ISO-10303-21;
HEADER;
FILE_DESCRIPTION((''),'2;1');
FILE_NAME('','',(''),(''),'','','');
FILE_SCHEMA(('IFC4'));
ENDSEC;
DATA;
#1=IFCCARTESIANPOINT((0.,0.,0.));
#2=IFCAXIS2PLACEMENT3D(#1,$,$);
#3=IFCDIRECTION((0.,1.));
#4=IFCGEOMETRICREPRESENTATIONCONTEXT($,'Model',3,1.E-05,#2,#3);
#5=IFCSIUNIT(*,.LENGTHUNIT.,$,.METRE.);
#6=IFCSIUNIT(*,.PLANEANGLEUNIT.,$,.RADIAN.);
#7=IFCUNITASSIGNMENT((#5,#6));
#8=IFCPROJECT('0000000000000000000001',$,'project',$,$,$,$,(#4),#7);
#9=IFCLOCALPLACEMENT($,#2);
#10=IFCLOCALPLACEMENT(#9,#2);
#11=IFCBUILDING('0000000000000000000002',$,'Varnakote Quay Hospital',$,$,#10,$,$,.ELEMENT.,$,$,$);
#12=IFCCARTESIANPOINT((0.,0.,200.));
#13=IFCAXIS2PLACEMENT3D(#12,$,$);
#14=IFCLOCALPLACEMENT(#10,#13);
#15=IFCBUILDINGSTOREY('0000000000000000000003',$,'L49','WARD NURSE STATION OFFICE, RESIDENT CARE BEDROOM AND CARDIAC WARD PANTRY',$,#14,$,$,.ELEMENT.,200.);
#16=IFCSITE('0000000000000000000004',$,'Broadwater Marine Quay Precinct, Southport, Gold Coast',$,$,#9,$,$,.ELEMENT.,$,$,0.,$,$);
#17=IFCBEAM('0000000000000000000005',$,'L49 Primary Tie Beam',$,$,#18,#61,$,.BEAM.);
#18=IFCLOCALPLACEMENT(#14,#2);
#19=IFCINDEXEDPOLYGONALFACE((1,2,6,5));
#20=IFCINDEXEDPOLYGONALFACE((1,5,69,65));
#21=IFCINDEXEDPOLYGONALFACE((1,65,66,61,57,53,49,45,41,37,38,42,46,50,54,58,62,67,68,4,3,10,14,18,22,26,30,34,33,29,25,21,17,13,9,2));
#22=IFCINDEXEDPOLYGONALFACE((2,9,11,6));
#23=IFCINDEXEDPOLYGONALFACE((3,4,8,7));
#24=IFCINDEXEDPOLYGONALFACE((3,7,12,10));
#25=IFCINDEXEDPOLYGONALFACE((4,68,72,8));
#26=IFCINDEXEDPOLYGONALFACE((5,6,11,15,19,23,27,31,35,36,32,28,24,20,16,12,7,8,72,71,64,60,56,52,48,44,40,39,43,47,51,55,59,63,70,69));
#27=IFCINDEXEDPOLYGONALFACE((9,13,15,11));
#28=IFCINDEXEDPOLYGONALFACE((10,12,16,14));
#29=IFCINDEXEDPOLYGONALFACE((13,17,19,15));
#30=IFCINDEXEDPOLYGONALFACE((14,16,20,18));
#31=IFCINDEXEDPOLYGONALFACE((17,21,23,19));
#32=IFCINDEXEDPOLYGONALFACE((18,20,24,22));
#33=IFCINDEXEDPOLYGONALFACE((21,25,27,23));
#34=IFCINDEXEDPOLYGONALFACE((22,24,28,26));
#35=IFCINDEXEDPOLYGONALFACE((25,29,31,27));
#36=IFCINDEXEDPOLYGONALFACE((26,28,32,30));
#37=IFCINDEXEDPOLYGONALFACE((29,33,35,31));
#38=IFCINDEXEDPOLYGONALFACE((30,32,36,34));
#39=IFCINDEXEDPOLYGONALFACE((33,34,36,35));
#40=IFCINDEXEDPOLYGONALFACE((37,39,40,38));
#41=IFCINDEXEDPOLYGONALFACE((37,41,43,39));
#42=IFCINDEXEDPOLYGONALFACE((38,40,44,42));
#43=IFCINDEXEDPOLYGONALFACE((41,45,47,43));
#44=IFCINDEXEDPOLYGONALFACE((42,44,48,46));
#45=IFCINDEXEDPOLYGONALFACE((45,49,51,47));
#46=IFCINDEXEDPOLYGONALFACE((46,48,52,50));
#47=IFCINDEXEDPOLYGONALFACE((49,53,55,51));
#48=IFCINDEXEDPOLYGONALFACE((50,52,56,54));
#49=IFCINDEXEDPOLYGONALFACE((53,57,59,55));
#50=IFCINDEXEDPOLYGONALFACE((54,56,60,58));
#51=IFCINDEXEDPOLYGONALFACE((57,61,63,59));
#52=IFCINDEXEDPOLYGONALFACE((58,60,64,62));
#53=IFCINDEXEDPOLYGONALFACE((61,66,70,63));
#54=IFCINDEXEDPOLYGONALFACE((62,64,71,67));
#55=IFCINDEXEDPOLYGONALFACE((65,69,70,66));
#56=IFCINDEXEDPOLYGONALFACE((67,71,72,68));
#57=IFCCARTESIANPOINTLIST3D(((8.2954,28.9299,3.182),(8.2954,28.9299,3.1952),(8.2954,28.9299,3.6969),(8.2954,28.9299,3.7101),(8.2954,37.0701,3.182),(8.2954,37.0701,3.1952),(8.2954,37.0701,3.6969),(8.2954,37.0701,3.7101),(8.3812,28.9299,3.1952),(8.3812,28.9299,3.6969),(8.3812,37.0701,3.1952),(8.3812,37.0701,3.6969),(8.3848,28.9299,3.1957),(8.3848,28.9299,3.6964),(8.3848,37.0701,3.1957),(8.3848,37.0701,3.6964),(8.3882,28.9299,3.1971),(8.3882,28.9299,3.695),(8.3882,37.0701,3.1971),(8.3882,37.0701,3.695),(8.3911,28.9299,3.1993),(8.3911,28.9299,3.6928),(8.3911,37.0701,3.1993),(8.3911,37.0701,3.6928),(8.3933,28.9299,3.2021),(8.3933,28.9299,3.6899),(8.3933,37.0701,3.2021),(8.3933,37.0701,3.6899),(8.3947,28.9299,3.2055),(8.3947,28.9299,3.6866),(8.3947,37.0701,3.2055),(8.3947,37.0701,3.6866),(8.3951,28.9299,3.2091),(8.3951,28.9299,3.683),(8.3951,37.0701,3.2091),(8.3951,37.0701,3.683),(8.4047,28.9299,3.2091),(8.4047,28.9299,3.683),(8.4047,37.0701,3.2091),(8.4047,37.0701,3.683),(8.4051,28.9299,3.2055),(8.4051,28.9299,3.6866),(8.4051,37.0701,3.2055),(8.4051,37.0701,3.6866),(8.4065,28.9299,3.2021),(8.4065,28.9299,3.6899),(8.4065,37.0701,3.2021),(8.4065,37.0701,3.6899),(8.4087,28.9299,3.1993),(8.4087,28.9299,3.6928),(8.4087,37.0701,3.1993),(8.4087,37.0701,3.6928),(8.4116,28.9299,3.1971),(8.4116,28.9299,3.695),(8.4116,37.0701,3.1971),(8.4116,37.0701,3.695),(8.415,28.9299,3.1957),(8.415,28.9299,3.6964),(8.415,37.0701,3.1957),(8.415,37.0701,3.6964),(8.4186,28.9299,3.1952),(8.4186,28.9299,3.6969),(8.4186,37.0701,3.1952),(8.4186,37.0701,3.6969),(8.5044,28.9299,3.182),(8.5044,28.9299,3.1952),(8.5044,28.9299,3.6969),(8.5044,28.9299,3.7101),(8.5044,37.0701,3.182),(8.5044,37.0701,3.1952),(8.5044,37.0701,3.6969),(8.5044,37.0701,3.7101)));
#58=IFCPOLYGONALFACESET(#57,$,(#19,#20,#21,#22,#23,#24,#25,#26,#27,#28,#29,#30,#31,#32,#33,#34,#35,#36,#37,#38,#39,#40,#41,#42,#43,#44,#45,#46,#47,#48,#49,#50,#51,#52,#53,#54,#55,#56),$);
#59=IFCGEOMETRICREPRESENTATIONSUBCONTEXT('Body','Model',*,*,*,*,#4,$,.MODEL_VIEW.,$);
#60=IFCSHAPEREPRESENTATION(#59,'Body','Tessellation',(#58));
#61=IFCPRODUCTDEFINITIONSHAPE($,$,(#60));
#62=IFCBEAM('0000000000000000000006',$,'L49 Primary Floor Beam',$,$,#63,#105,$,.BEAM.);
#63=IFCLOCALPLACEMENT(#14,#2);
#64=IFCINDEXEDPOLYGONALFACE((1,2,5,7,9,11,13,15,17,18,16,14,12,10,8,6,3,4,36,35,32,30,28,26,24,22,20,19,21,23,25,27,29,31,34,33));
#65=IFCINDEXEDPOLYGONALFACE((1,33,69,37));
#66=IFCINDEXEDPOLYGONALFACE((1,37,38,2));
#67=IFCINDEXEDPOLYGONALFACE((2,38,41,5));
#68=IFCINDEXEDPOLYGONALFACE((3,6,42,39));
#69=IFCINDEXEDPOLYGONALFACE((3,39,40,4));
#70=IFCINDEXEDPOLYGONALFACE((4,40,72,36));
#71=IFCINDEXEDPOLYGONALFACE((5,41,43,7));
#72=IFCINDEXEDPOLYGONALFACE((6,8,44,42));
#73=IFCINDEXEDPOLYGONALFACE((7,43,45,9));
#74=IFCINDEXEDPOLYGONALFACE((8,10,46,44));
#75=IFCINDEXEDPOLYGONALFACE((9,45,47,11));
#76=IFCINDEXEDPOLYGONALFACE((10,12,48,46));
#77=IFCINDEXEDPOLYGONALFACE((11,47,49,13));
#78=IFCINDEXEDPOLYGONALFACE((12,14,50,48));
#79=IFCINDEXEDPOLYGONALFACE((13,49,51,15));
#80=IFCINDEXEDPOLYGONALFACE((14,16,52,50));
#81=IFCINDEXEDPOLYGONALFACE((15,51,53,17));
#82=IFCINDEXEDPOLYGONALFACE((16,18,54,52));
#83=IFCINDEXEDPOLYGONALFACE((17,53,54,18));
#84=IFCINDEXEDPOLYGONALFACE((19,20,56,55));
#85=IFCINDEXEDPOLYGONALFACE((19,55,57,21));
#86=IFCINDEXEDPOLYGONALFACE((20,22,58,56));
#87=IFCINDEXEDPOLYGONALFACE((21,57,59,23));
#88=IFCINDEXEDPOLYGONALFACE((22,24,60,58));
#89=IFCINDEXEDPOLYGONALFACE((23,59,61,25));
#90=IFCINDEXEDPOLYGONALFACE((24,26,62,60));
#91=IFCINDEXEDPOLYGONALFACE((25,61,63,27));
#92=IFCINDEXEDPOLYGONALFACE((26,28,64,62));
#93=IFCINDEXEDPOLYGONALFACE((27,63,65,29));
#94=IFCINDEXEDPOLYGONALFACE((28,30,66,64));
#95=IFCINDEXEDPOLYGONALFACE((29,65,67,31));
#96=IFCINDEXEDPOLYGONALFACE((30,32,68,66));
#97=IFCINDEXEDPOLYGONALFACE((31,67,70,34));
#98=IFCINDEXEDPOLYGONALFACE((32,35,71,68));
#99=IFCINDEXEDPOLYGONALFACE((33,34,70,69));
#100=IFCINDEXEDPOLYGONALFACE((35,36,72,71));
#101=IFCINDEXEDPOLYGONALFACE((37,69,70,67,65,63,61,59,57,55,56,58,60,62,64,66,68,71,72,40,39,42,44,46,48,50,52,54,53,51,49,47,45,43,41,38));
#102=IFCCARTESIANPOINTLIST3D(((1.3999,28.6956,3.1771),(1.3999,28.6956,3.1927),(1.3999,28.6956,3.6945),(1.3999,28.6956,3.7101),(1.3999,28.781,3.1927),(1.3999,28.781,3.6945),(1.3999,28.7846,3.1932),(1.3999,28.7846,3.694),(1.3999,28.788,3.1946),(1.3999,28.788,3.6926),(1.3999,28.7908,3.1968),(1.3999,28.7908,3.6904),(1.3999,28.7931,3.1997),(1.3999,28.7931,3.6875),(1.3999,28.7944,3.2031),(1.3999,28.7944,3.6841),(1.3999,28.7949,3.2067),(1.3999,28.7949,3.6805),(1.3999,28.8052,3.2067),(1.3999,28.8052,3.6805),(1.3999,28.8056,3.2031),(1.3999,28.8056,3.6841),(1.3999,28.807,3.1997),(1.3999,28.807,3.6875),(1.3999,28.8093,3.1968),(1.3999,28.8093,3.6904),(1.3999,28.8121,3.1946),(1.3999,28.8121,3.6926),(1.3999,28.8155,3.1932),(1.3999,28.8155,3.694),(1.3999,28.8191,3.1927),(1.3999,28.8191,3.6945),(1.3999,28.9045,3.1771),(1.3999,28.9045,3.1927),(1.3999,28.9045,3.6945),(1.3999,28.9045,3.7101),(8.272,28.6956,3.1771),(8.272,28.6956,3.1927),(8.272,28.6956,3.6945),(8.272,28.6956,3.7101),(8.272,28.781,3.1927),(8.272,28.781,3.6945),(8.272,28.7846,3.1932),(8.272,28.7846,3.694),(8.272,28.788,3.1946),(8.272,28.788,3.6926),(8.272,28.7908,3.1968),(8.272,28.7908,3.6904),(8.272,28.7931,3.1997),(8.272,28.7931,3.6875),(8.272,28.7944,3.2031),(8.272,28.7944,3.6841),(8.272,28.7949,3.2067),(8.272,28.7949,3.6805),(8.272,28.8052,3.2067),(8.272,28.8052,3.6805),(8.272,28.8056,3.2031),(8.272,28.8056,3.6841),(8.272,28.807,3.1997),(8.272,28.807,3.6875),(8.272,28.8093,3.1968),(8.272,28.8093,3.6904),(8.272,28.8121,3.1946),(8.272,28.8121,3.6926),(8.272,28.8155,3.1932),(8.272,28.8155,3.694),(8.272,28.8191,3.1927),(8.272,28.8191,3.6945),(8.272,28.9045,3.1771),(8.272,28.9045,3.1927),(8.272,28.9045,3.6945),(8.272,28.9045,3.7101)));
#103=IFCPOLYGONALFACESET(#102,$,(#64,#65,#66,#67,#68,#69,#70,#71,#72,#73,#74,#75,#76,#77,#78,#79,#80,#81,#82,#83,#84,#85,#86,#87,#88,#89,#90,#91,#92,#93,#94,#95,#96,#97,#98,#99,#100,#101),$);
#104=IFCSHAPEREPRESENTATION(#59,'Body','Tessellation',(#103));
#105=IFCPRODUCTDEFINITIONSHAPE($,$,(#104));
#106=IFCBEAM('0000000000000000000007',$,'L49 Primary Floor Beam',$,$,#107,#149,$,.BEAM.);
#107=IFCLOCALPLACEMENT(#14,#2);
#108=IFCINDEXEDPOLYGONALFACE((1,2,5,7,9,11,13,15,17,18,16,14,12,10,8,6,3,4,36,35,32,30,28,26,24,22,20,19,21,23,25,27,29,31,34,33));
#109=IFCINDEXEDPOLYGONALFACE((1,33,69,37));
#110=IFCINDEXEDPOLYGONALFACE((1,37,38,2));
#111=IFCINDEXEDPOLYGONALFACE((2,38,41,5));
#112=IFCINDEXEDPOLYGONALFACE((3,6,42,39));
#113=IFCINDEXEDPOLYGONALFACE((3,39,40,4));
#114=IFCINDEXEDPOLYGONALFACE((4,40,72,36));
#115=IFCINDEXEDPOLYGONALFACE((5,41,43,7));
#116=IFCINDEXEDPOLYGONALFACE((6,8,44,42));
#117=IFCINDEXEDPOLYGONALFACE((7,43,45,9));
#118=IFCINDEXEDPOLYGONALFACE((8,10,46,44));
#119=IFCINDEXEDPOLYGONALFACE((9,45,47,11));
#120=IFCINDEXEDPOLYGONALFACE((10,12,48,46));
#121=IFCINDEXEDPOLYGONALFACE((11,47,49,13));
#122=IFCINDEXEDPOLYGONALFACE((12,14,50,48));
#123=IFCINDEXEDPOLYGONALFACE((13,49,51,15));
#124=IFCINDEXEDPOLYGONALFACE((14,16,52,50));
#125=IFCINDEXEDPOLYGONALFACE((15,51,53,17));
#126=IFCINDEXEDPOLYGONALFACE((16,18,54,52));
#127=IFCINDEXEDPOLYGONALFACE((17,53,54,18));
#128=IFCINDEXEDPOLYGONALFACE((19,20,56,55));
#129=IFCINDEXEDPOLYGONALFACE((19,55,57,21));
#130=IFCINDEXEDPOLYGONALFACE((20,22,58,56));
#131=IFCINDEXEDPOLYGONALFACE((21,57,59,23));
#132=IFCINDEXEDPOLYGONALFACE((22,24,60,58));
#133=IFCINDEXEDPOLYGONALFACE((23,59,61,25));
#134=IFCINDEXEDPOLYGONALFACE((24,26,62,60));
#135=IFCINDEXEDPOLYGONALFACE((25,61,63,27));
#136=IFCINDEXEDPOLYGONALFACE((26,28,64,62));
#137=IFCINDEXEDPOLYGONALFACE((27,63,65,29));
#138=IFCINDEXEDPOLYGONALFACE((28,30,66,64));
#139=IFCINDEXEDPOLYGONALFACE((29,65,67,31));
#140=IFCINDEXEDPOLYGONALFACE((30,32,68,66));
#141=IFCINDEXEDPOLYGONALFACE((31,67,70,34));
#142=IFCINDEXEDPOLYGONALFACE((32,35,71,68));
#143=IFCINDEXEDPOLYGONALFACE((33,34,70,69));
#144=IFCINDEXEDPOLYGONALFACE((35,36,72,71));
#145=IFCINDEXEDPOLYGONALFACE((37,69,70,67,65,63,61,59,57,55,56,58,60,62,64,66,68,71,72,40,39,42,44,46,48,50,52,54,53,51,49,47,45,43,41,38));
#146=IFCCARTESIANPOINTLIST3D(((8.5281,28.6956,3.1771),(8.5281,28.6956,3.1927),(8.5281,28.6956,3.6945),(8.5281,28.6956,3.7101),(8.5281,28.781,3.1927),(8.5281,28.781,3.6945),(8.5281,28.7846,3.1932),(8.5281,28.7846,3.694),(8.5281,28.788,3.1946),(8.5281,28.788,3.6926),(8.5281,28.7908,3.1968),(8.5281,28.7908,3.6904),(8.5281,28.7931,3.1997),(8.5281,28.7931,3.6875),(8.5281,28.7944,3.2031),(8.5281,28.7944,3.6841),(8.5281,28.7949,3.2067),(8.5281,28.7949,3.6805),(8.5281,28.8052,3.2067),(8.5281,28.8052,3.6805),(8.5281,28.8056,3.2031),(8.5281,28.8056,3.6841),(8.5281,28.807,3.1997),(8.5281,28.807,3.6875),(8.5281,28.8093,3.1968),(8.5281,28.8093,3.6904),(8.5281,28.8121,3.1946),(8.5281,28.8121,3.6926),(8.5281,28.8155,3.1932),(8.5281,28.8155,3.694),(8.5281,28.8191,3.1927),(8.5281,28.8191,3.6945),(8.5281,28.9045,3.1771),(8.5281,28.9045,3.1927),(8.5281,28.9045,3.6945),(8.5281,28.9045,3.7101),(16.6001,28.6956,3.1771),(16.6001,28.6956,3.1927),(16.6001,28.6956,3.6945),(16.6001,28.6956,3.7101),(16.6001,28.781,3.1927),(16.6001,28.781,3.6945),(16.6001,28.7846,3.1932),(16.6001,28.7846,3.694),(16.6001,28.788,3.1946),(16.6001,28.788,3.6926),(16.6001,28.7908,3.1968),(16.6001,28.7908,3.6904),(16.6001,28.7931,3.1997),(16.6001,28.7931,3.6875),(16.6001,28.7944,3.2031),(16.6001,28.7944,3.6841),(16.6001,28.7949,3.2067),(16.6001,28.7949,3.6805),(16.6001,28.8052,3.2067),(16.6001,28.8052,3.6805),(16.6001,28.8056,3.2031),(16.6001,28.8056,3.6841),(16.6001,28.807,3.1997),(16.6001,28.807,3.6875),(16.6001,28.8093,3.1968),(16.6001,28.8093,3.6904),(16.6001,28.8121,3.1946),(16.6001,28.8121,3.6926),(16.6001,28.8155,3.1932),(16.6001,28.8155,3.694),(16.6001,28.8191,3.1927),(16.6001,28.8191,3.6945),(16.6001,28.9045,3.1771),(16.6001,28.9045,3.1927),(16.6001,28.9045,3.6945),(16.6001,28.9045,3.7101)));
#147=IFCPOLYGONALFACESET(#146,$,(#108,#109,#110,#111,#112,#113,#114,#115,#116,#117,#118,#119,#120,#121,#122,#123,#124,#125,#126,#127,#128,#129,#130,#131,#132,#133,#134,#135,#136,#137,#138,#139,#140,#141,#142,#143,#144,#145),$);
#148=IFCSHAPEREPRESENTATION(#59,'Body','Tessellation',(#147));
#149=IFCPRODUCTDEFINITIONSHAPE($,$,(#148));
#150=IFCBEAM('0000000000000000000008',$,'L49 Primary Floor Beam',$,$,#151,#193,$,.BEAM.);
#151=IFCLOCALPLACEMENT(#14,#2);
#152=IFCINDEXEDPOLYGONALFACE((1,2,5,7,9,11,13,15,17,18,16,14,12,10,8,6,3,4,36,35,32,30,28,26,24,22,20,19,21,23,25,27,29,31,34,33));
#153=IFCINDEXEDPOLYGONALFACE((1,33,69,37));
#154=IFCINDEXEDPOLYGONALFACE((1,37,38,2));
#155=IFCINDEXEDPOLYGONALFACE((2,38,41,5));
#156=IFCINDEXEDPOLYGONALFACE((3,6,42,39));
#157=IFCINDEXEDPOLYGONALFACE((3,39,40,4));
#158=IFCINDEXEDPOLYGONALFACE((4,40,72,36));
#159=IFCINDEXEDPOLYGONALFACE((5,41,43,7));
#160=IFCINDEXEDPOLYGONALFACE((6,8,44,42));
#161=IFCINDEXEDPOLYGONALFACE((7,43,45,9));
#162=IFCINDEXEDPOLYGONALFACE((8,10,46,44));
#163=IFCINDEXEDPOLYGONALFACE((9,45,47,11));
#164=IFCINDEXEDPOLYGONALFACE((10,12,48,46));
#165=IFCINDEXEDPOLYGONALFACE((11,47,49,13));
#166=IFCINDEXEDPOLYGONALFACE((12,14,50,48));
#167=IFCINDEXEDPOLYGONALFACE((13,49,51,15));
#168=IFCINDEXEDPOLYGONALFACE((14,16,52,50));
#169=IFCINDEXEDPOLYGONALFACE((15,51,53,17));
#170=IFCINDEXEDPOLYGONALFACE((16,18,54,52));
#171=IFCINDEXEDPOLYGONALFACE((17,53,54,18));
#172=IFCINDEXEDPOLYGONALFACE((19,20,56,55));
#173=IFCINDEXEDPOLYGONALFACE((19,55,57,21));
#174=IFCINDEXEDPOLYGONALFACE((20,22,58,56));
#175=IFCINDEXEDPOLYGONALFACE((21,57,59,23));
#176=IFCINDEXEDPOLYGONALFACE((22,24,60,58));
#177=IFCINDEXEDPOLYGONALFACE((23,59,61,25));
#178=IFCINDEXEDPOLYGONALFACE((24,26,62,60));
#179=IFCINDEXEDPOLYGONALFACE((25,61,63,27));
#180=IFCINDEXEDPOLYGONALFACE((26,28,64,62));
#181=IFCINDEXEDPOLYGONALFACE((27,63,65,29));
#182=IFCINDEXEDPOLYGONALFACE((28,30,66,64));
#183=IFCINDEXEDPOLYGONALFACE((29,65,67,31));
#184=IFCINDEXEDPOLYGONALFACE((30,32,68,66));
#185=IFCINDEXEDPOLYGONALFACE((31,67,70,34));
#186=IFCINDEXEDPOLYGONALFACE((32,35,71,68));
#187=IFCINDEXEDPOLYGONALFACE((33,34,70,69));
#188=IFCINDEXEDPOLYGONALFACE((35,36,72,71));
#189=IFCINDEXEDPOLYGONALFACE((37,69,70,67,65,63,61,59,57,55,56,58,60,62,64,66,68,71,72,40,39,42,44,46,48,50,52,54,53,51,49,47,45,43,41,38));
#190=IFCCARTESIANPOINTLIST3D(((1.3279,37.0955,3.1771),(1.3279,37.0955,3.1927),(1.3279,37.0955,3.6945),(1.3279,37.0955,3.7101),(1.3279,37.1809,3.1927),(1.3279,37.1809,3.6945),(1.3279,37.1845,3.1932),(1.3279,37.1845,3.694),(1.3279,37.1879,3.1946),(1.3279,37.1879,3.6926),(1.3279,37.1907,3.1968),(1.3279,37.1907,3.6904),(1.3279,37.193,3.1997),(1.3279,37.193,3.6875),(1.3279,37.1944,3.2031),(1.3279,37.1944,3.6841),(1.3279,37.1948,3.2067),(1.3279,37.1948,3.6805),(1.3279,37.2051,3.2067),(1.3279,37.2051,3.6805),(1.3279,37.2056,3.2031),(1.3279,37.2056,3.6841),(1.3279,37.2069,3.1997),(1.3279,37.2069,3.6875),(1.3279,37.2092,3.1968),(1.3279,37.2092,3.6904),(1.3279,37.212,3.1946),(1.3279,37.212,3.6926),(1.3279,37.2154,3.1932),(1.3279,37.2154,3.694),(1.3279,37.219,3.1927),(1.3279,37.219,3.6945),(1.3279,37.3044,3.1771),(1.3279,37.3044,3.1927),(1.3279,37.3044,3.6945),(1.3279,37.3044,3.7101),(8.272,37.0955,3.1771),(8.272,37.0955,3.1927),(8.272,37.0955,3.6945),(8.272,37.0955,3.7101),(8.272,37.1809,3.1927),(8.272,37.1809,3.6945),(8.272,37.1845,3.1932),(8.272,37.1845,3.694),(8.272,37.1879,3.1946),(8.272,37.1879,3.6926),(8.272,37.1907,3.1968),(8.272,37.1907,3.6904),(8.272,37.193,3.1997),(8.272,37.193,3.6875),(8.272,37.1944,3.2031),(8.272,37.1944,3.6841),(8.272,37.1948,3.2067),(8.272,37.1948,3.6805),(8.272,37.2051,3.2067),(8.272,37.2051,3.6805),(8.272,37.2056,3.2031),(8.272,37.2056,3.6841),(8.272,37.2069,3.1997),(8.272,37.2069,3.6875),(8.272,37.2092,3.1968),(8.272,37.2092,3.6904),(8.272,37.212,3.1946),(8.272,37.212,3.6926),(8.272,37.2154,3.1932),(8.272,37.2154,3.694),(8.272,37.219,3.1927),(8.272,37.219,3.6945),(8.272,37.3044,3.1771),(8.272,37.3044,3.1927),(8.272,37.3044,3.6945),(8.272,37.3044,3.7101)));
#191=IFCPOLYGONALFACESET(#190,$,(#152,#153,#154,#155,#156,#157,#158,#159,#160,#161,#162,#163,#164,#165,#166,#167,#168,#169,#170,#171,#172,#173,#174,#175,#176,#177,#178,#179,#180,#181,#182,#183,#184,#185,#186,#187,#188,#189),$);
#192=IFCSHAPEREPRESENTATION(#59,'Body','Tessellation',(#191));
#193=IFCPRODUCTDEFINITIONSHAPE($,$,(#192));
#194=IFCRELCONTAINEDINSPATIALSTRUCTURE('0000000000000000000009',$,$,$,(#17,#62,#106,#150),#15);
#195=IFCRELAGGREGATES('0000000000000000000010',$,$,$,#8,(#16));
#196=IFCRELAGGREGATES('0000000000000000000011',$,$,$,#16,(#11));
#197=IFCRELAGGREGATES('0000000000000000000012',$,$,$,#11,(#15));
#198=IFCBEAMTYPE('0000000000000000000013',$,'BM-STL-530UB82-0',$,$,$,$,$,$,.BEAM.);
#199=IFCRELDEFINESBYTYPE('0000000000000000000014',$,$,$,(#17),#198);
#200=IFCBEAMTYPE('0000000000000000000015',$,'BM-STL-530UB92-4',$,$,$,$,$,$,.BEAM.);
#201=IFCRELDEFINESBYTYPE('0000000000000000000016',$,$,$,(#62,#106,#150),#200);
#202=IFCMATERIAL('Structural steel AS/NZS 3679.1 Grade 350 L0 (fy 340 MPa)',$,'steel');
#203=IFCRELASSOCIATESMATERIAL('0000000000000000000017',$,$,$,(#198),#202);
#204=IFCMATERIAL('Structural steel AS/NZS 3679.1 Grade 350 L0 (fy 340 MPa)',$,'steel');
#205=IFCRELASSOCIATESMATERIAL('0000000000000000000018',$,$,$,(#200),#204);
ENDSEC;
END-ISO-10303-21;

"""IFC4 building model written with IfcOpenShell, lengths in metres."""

from ifc_helpers import new_model, si_unit, direction, frame, origin, origin_2d, place, context, subcontext, project, spatial, i_section, extrude, material, material_profile, profile_set, type_object, element, save


model = new_model("IFC4")

# Units and contexts
model_context = context("Model", 3, precision=1e-05, world=origin(), true_north=direction((0.0, 1.0)))
body_context = subcontext(model_context, "Body", "Model", "MODEL_VIEW")
ifc_project = project(units=[si_unit("LENGTHUNIT", "METRE"), si_unit("PLANEANGLEUNIT", "RADIAN")], contexts=[model_context])

# Site, building, storey
site_placement = place(None, origin())
site = spatial("IfcSite", under=ifc_project, at=site_placement, Name="Broadwater Marine Quay Precinct, Southport, Gold Coast", CompositionType="ELEMENT", RefElevation=0.0)
building_placement = place(site_placement, origin())
building = spatial("IfcBuilding", under=site, at=building_placement, Name="Varnakote Quay Hospital", CompositionType="ELEMENT")
storey_placement = place(building_placement, frame((0.0, 0.0, 200.0)))
storey = spatial("IfcBuildingStorey", under=building, at=storey_placement, Name="L49", Description="WARD NURSE STATION OFFICE, RESIDENT CARE BEDROOM AND CARDIAC WARD PANTRY", CompositionType="ELEMENT", Elevation=200.0)

# Beams
ifc_material_1 = material(Name="Structural steel AS/NZS 3679.1 Grade 350 L0 (fy 340 MPa)", Category="steel")
ifc_material_profile_1 = material_profile(ifc_material_1, i_section(OverallWidth=0.209, OverallDepth=0.5281, WebThickness=0.0095, FlangeThickness=0.0132, FilletRadius=0.0139, at=origin_2d()), Name="530UB82.0")
ifc_profile_set_1 = profile_set([ifc_material_profile_1], Name="Structural steel AS/NZS 3679.1 Grade 350 L0 (fy 340 MPa)")
beam_type_1 = type_object("IfcBeamType", Name="BM-STL-530UB82-0", PredefinedType="BEAM", material=ifc_profile_set_1)
beam_1_placement = place(storey_placement, frame((8.3999, 28.9299, 3.446), z_axis=(0.0, 1.0, 0.0), x_axis=(-1.0, 0.0, 0.0)))
element("IfcBeam", 1, at=beam_1_placement, inside=storey, type_object=beam_type_1, Name="L49 Primary Tie Beam", PredefinedType="BEAM", context=body_context, shape_type="SweptSolid", body=[
    extrude(i_section(OverallWidth=0.209, OverallDepth=0.5281, WebThickness=0.0095, FlangeThickness=0.0132, FilletRadius=0.0139, at=origin_2d()), origin(), (0.0, 0.0, 1.0), 8.1401),
])
ifc_material_2 = material(Name="Structural steel AS/NZS 3679.1 Grade 350 L0 (fy 340 MPa)", Category="steel")
ifc_material_profile_2 = material_profile(ifc_material_2, i_section(OverallWidth=0.209, OverallDepth=0.533, WebThickness=0.0103, FlangeThickness=0.0156, FilletRadius=0.0139, at=origin_2d()), Name="530UB92.4")
ifc_profile_set_2 = profile_set([ifc_material_profile_2], Name="Structural steel AS/NZS 3679.1 Grade 350 L0 (fy 340 MPa)")
beam_type_2 = type_object("IfcBeamType", Name="BM-STL-530UB92-4", PredefinedType="BEAM", material=ifc_profile_set_2)
beam_2_placement = place(storey_placement, frame((1.3999, 28.8, 3.4436), z_axis=(1.0, 0.0, 0.0), x_axis=(0.0, 1.0, 0.0)))
element("IfcBeam", 2, at=beam_2_placement, inside=storey, type_object=beam_type_2, Name="L49 Primary Floor Beam", PredefinedType="BEAM", context=body_context, shape_type="SweptSolid", body=[
    extrude(i_section(OverallWidth=0.209, OverallDepth=0.533, WebThickness=0.0103, FlangeThickness=0.0156, FilletRadius=0.0139, at=origin_2d()), origin(), (0.0, 0.0, 1.0), 6.8721),
])
beam_3_placement = place(storey_placement, frame((8.5281, 28.8, 3.4436), z_axis=(1.0, 0.0, 0.0), x_axis=(0.0, 1.0, 0.0)))
element("IfcBeam", 3, at=beam_3_placement, inside=storey, type_object=beam_type_2, Name="L49 Primary Floor Beam", PredefinedType="BEAM", context=body_context, shape_type="SweptSolid", body=[
    extrude(i_section(OverallWidth=0.209, OverallDepth=0.533, WebThickness=0.0103, FlangeThickness=0.0156, FilletRadius=0.0139, at=origin_2d()), origin(), (0.0, 0.0, 1.0), 8.072),
])
beam_4_placement = place(storey_placement, frame((1.3279, 37.2, 3.4436), z_axis=(1.0, 0.0, 0.0), x_axis=(0.0, 1.0, 0.0)))
element("IfcBeam", 4, at=beam_4_placement, inside=storey, type_object=beam_type_2, Name="L49 Primary Floor Beam", PredefinedType="BEAM", context=body_context, shape_type="SweptSolid", body=[
    extrude(i_section(OverallWidth=0.209, OverallDepth=0.533, WebThickness=0.0103, FlangeThickness=0.0156, FilletRadius=0.0139, at=origin_2d()), origin(), (0.0, 0.0, 1.0), 6.9441),
])

save(model, "model.ifc")
